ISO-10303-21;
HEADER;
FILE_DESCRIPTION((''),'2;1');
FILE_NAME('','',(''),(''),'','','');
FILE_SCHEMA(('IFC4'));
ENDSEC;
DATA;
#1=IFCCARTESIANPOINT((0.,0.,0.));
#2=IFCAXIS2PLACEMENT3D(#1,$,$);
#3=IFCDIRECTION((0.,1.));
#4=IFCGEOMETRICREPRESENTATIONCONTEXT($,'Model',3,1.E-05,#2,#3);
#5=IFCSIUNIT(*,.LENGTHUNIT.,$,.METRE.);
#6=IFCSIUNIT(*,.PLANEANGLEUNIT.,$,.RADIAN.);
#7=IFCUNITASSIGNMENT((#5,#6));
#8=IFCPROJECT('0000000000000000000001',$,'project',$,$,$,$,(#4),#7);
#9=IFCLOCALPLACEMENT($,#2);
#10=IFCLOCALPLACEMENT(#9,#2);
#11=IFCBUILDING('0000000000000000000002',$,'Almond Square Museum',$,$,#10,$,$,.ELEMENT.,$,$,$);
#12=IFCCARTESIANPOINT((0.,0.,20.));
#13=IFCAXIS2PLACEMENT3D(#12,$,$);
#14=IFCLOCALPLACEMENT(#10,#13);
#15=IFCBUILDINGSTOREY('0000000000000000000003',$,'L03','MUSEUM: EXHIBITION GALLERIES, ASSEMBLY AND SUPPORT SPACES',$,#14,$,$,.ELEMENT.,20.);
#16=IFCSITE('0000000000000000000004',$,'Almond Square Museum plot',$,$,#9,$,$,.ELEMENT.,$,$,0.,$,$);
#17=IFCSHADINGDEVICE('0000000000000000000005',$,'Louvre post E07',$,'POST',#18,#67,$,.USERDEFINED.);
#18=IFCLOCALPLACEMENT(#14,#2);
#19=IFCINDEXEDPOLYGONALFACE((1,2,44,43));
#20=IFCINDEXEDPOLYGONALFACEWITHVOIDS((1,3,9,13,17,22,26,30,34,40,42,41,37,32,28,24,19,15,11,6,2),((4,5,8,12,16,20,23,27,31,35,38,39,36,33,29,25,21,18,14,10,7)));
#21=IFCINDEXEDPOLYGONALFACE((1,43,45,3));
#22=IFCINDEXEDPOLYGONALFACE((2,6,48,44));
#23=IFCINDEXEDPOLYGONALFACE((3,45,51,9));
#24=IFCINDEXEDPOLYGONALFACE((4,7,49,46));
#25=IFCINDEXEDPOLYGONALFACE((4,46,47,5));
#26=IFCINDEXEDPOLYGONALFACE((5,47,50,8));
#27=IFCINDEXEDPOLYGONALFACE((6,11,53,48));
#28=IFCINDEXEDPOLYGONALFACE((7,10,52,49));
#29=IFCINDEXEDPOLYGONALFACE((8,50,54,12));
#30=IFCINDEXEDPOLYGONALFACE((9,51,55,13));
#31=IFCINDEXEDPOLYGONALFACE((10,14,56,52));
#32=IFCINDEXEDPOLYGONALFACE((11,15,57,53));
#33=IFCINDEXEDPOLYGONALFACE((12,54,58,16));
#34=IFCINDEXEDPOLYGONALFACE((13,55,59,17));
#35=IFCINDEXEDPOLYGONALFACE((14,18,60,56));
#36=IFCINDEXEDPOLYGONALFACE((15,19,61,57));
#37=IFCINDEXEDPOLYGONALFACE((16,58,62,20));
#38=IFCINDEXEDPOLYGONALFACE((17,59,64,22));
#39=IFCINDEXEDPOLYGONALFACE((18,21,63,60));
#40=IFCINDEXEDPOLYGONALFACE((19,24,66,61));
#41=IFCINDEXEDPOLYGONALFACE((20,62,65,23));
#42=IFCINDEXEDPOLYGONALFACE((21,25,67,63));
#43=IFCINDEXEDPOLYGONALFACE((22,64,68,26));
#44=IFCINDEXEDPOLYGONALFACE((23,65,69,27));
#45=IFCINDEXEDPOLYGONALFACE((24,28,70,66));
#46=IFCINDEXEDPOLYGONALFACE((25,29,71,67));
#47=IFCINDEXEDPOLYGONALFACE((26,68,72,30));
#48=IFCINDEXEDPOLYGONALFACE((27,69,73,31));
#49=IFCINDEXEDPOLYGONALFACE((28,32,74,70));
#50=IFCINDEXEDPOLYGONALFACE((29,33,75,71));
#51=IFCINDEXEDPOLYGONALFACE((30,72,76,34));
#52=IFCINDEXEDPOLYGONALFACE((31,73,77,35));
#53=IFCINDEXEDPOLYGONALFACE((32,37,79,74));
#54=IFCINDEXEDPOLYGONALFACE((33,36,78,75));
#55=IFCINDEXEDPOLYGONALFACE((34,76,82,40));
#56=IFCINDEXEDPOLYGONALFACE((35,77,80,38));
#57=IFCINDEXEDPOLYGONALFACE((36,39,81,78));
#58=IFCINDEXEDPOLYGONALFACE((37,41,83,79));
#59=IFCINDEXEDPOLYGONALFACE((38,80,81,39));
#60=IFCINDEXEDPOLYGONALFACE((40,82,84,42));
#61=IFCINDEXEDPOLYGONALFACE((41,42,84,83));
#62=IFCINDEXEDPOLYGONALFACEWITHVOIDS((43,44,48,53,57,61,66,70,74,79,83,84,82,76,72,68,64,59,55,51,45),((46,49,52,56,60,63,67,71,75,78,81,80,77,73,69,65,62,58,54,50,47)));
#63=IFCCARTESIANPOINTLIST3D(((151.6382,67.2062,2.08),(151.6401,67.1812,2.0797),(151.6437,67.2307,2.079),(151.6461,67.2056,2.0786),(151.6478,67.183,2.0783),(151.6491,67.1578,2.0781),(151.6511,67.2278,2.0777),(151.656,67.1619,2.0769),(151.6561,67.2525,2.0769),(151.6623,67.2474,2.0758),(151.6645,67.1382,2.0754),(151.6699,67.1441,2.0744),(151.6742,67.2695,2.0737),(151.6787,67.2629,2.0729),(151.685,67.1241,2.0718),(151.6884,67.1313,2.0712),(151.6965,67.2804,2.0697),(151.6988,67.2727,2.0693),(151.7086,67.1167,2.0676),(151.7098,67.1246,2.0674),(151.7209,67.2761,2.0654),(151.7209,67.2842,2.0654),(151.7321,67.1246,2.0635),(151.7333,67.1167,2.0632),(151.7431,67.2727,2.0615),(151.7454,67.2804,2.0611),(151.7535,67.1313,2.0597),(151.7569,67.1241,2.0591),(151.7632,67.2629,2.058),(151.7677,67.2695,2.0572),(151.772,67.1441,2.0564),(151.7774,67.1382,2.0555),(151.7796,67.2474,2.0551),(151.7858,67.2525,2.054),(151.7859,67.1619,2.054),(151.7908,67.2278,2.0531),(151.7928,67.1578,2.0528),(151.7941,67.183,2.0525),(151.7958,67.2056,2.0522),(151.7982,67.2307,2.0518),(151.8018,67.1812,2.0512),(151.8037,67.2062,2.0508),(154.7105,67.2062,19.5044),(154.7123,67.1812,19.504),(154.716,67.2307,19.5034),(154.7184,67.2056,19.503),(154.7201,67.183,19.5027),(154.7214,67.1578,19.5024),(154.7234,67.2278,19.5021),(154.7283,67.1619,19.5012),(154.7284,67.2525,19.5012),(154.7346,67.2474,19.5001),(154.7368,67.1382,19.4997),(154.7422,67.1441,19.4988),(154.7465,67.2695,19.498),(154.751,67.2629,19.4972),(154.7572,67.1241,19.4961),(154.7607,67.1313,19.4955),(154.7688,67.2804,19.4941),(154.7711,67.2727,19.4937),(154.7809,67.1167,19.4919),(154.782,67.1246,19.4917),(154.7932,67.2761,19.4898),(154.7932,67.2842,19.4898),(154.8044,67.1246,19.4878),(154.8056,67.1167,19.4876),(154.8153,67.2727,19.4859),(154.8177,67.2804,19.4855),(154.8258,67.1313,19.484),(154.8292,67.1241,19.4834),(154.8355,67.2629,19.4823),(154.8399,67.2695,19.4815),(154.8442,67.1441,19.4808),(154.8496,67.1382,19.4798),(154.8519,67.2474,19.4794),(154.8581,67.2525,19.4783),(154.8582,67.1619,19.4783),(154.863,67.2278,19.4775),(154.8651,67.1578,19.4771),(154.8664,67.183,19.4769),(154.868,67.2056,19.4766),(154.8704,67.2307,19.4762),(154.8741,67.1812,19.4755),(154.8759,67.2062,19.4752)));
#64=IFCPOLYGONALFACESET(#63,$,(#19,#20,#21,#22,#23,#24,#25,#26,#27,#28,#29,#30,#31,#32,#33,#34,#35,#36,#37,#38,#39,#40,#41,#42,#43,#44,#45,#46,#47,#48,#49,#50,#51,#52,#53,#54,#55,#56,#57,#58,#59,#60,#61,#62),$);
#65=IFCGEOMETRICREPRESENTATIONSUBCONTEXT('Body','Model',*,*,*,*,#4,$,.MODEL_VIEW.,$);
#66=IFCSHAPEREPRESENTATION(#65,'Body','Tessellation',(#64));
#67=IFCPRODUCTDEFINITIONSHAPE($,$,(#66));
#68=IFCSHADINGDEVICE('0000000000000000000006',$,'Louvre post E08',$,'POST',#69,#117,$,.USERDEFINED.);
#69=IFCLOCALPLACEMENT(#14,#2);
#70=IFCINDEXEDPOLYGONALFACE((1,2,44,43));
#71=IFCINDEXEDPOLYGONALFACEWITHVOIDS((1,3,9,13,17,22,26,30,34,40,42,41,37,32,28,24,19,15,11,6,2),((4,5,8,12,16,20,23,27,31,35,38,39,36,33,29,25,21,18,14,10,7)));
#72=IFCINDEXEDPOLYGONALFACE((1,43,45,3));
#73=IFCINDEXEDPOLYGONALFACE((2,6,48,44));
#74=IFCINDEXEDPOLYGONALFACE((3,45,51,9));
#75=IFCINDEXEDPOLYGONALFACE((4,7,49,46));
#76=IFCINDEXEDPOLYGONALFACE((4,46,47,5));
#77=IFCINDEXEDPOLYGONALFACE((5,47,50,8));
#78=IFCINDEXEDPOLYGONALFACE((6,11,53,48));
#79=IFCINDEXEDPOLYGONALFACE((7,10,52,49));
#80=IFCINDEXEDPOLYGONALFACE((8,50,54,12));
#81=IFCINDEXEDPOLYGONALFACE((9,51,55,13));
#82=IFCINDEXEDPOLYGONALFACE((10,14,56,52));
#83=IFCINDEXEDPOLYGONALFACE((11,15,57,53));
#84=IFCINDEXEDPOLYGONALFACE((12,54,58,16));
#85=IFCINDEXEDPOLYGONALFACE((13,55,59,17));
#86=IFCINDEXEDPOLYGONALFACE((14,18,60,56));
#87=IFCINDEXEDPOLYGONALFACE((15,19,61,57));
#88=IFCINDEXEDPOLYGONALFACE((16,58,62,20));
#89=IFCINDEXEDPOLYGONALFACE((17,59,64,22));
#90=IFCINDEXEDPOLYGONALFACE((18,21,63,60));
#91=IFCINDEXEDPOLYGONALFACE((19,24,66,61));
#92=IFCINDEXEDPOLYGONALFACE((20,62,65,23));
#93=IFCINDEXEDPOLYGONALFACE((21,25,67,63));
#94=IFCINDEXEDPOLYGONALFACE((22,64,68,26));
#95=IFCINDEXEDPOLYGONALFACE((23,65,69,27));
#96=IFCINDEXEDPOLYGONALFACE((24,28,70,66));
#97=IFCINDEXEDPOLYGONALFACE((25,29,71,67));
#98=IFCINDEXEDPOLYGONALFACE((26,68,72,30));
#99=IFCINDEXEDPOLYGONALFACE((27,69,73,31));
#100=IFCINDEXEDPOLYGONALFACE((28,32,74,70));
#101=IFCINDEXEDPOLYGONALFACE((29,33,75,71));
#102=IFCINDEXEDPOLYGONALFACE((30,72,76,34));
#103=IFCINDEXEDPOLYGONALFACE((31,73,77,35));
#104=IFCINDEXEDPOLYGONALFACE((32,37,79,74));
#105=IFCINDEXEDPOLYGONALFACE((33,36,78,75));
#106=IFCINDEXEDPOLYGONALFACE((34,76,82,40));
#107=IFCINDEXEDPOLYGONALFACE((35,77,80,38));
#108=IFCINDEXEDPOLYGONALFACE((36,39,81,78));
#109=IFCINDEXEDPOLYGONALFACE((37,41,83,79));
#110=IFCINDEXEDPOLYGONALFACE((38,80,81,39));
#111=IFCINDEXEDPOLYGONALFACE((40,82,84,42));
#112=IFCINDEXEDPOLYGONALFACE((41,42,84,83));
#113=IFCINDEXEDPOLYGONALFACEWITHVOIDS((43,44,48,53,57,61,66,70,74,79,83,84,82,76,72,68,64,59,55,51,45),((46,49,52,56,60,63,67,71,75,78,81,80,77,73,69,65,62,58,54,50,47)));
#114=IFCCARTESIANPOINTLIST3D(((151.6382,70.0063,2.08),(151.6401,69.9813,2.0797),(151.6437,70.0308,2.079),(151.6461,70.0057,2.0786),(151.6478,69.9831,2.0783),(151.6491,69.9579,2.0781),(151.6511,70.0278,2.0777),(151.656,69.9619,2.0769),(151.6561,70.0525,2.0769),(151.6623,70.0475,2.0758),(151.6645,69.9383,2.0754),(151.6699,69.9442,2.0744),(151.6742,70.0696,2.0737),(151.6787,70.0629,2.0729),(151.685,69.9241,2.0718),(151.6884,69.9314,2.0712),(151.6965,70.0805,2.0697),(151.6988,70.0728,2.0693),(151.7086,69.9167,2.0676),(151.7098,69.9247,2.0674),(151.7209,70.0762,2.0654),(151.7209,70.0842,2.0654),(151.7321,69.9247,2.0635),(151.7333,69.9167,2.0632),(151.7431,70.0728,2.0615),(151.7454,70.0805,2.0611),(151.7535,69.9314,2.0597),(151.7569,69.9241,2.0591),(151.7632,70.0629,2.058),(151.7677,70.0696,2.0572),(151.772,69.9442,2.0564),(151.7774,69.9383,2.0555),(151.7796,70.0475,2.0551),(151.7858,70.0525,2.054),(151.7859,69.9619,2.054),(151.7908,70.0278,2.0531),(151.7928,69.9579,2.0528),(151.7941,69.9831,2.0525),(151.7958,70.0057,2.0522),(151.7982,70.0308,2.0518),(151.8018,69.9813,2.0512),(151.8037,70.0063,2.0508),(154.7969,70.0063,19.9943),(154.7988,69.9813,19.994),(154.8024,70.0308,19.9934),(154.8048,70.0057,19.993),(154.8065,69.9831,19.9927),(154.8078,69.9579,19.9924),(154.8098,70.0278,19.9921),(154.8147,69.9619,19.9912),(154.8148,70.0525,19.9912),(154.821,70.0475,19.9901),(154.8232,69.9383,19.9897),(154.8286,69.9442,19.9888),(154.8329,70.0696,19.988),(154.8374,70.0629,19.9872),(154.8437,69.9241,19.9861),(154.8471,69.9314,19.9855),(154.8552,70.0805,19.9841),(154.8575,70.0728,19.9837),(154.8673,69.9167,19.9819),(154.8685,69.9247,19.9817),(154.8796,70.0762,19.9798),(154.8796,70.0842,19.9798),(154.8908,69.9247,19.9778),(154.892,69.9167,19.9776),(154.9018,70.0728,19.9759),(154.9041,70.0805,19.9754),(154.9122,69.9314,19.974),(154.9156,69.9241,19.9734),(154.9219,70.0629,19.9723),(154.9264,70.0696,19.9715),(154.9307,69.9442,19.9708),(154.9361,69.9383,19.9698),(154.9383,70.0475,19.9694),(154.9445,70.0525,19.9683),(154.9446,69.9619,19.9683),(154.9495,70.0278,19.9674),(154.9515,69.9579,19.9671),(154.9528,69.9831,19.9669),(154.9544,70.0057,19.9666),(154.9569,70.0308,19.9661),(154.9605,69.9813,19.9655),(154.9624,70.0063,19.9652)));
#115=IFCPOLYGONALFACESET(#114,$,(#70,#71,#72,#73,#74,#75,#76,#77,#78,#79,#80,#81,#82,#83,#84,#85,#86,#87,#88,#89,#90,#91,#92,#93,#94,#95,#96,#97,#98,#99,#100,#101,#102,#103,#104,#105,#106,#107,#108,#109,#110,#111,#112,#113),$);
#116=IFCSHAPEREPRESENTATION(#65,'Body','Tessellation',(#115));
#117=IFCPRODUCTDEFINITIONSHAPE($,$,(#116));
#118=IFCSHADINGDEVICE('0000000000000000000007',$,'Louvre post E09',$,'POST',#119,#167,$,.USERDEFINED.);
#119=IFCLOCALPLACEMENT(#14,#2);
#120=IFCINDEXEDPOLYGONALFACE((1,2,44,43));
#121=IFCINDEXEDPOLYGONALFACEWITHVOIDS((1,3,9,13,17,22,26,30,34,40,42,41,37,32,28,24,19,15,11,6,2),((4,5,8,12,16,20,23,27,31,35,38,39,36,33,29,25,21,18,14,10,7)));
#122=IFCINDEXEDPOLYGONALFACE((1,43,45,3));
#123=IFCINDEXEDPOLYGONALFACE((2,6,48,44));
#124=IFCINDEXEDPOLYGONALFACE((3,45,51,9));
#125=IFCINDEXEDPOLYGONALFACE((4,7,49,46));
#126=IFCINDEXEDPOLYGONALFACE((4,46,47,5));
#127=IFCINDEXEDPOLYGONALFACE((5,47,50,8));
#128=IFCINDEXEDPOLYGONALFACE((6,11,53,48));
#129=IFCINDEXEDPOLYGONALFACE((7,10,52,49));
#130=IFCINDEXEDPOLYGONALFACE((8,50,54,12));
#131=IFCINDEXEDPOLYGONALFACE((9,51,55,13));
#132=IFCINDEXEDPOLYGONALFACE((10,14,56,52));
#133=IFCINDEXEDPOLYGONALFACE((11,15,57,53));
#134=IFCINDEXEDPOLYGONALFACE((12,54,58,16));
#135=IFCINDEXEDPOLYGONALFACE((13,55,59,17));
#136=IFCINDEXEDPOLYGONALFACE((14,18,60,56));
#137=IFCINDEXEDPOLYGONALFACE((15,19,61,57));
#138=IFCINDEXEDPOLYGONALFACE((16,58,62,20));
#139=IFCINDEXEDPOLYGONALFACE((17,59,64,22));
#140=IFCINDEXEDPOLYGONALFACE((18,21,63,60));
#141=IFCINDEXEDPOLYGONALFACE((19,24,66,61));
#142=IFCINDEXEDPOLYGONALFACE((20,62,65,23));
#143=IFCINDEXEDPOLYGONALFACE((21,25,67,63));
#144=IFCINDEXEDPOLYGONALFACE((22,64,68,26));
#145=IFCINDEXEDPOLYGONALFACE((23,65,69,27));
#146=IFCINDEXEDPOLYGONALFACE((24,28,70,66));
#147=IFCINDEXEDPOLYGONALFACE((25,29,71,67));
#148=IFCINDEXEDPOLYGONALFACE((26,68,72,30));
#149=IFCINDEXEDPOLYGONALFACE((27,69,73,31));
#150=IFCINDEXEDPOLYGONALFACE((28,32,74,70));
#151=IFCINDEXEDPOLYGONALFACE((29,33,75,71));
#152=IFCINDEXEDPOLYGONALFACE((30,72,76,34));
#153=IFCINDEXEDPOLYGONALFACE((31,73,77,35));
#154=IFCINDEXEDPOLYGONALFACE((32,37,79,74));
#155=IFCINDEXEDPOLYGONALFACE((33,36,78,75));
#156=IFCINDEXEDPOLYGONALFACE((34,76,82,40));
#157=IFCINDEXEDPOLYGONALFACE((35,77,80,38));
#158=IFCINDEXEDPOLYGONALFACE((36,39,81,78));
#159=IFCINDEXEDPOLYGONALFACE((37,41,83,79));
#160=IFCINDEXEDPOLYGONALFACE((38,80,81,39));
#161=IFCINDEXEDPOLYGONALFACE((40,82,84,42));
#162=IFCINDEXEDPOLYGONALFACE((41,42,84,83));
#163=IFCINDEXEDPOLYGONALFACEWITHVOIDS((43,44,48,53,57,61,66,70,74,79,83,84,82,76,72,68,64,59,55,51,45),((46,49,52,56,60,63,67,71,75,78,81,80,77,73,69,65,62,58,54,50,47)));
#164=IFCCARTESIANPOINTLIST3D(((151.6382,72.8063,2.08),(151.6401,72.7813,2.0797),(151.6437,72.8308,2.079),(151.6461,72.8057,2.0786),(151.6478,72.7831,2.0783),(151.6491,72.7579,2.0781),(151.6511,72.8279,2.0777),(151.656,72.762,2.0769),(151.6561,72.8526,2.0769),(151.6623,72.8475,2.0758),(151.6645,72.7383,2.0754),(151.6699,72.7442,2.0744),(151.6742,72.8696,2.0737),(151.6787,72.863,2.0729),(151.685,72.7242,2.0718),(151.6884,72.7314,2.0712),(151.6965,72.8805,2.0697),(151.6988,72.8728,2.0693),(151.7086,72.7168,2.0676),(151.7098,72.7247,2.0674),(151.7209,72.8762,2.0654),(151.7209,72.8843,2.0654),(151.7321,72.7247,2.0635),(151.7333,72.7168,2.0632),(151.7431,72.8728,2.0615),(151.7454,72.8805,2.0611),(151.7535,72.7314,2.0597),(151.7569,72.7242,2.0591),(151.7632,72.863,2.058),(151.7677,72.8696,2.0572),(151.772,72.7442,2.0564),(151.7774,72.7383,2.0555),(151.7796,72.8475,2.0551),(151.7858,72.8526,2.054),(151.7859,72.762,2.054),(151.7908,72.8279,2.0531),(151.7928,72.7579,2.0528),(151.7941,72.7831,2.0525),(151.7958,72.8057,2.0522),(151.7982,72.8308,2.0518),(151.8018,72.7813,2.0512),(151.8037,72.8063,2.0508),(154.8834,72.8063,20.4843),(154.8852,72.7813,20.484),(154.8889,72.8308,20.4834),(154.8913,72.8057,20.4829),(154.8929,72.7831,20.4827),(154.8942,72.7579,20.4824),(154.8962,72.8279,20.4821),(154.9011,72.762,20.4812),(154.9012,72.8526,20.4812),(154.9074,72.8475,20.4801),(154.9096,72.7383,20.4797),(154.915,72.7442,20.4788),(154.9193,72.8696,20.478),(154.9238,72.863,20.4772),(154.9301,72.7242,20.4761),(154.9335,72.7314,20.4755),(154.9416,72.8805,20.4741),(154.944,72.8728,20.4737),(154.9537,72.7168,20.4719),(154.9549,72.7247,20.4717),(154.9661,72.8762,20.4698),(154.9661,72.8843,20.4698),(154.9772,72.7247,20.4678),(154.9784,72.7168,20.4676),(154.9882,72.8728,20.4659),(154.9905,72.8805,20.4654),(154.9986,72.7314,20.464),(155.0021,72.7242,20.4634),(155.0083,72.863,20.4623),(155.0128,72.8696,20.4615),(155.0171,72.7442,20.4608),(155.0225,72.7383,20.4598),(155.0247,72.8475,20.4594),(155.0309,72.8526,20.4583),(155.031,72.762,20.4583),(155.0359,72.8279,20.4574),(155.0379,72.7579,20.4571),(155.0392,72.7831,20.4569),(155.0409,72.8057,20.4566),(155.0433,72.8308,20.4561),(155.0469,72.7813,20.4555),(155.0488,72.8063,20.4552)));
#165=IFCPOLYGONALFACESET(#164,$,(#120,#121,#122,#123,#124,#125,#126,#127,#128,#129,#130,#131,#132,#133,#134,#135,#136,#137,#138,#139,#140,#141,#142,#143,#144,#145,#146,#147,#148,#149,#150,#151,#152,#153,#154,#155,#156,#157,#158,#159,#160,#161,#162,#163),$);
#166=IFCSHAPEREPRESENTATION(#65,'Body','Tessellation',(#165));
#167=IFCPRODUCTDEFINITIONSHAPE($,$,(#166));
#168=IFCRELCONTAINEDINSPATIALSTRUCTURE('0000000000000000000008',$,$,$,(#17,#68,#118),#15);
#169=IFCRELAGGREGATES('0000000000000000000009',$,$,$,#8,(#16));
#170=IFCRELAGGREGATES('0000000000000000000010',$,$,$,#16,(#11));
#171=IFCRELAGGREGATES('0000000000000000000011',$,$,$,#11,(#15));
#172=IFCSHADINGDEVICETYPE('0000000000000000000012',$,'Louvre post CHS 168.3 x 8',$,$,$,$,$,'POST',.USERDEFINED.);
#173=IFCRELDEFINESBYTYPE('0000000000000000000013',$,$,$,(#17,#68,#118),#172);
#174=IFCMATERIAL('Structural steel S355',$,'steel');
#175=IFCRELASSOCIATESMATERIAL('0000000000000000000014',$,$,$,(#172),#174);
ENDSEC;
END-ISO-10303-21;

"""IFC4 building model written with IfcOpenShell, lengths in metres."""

from ifc_helpers import new_model, si_unit, direction, frame, origin, origin_2d, place, context, subcontext, project, spatial, hollow_circle, extrude, material, material_profile, profile_set, type_object, element, save


model = new_model("IFC4")

# Units and contexts
model_context = context("Model", 3, precision=1e-05, world=origin(), true_north=direction((0.0, 1.0)))
body_context = subcontext(model_context, "Body", "Model", "MODEL_VIEW")
ifc_project = project(units=[si_unit("LENGTHUNIT", "METRE"), si_unit("PLANEANGLEUNIT", "RADIAN")], contexts=[model_context])

# Site, building, storey
site_placement = place(None, origin())
site = spatial("IfcSite", under=ifc_project, at=site_placement, Name="Almond Square Museum plot", CompositionType="ELEMENT", RefElevation=0.0)
building_placement = place(site_placement, origin())
building = spatial("IfcBuilding", under=site, at=building_placement, Name="Almond Square Museum", CompositionType="ELEMENT")
storey_placement = place(building_placement, frame((0.0, 0.0, 20.0)))
storey = spatial("IfcBuildingStorey", under=building, at=storey_placement, Name="L03", Description="MUSEUM: EXHIBITION GALLERIES, ASSEMBLY AND SUPPORT SPACES", CompositionType="ELEMENT", Elevation=20.0)

# Shading devices
ifc_material_1 = material(Name="Structural steel S355", Category="steel")
ifc_material_profile_1 = material_profile(ifc_material_1, hollow_circle(Radius=0.0842, WallThickness=0.0081, at=origin_2d()))
ifc_profile_set_1 = profile_set([ifc_material_profile_1], Name="Structural steel S355")
shading_device_type = type_object("IfcShadingDeviceType", Name="Louvre post CHS 168.3 x 8", ElementType="POST", PredefinedType="USERDEFINED", material=ifc_profile_set_1)
shading_device_1_placement = place(storey_placement, frame((151.7209, 67.2, 2.0654), z_axis=(0.173642, 0.0, 0.984809), x_axis=(0.0, 1.0, 0.0)))
element("IfcShadingDevice", 1, at=shading_device_1_placement, inside=storey, type_object=shading_device_type, Name="Louvre post E07", ObjectType="POST", PredefinedType="USERDEFINED", context=body_context, shape_type="SweptSolid", body=[
    extrude(hollow_circle(Radius=0.0842, WallThickness=0.0081, at=origin_2d()), origin(), (0.0, 0.0, 1.0), 17.6931),
])
shading_device_2_placement = place(storey_placement, frame((151.7209, 70.0, 2.0654), z_axis=(0.173644, 0.0, 0.984809), x_axis=(0.0, 1.0, 0.0)))
element("IfcShadingDevice", 2, at=shading_device_2_placement, inside=storey, type_object=shading_device_type, Name="Louvre post E08", ObjectType="POST", PredefinedType="USERDEFINED", context=body_context, shape_type="SweptSolid", body=[
    extrude(hollow_circle(Radius=0.0842, WallThickness=0.0081, at=origin_2d()), origin(), (0.0, 0.0, 1.0), 18.1907),
])
shading_device_3_placement = place(storey_placement, frame((151.7209, 72.8, 2.0654), z_axis=(0.173645, 0.0, 0.984808), x_axis=(0.0, 1.0, 0.0)))
element("IfcShadingDevice", 3, at=shading_device_3_placement, inside=storey, type_object=shading_device_type, Name="Louvre post E09", ObjectType="POST", PredefinedType="USERDEFINED", context=body_context, shape_type="SweptSolid", body=[
    extrude(hollow_circle(Radius=0.0842, WallThickness=0.0081, at=origin_2d()), origin(), (0.0, 0.0, 1.0), 18.6882),
])

save(model, "model.ifc")
